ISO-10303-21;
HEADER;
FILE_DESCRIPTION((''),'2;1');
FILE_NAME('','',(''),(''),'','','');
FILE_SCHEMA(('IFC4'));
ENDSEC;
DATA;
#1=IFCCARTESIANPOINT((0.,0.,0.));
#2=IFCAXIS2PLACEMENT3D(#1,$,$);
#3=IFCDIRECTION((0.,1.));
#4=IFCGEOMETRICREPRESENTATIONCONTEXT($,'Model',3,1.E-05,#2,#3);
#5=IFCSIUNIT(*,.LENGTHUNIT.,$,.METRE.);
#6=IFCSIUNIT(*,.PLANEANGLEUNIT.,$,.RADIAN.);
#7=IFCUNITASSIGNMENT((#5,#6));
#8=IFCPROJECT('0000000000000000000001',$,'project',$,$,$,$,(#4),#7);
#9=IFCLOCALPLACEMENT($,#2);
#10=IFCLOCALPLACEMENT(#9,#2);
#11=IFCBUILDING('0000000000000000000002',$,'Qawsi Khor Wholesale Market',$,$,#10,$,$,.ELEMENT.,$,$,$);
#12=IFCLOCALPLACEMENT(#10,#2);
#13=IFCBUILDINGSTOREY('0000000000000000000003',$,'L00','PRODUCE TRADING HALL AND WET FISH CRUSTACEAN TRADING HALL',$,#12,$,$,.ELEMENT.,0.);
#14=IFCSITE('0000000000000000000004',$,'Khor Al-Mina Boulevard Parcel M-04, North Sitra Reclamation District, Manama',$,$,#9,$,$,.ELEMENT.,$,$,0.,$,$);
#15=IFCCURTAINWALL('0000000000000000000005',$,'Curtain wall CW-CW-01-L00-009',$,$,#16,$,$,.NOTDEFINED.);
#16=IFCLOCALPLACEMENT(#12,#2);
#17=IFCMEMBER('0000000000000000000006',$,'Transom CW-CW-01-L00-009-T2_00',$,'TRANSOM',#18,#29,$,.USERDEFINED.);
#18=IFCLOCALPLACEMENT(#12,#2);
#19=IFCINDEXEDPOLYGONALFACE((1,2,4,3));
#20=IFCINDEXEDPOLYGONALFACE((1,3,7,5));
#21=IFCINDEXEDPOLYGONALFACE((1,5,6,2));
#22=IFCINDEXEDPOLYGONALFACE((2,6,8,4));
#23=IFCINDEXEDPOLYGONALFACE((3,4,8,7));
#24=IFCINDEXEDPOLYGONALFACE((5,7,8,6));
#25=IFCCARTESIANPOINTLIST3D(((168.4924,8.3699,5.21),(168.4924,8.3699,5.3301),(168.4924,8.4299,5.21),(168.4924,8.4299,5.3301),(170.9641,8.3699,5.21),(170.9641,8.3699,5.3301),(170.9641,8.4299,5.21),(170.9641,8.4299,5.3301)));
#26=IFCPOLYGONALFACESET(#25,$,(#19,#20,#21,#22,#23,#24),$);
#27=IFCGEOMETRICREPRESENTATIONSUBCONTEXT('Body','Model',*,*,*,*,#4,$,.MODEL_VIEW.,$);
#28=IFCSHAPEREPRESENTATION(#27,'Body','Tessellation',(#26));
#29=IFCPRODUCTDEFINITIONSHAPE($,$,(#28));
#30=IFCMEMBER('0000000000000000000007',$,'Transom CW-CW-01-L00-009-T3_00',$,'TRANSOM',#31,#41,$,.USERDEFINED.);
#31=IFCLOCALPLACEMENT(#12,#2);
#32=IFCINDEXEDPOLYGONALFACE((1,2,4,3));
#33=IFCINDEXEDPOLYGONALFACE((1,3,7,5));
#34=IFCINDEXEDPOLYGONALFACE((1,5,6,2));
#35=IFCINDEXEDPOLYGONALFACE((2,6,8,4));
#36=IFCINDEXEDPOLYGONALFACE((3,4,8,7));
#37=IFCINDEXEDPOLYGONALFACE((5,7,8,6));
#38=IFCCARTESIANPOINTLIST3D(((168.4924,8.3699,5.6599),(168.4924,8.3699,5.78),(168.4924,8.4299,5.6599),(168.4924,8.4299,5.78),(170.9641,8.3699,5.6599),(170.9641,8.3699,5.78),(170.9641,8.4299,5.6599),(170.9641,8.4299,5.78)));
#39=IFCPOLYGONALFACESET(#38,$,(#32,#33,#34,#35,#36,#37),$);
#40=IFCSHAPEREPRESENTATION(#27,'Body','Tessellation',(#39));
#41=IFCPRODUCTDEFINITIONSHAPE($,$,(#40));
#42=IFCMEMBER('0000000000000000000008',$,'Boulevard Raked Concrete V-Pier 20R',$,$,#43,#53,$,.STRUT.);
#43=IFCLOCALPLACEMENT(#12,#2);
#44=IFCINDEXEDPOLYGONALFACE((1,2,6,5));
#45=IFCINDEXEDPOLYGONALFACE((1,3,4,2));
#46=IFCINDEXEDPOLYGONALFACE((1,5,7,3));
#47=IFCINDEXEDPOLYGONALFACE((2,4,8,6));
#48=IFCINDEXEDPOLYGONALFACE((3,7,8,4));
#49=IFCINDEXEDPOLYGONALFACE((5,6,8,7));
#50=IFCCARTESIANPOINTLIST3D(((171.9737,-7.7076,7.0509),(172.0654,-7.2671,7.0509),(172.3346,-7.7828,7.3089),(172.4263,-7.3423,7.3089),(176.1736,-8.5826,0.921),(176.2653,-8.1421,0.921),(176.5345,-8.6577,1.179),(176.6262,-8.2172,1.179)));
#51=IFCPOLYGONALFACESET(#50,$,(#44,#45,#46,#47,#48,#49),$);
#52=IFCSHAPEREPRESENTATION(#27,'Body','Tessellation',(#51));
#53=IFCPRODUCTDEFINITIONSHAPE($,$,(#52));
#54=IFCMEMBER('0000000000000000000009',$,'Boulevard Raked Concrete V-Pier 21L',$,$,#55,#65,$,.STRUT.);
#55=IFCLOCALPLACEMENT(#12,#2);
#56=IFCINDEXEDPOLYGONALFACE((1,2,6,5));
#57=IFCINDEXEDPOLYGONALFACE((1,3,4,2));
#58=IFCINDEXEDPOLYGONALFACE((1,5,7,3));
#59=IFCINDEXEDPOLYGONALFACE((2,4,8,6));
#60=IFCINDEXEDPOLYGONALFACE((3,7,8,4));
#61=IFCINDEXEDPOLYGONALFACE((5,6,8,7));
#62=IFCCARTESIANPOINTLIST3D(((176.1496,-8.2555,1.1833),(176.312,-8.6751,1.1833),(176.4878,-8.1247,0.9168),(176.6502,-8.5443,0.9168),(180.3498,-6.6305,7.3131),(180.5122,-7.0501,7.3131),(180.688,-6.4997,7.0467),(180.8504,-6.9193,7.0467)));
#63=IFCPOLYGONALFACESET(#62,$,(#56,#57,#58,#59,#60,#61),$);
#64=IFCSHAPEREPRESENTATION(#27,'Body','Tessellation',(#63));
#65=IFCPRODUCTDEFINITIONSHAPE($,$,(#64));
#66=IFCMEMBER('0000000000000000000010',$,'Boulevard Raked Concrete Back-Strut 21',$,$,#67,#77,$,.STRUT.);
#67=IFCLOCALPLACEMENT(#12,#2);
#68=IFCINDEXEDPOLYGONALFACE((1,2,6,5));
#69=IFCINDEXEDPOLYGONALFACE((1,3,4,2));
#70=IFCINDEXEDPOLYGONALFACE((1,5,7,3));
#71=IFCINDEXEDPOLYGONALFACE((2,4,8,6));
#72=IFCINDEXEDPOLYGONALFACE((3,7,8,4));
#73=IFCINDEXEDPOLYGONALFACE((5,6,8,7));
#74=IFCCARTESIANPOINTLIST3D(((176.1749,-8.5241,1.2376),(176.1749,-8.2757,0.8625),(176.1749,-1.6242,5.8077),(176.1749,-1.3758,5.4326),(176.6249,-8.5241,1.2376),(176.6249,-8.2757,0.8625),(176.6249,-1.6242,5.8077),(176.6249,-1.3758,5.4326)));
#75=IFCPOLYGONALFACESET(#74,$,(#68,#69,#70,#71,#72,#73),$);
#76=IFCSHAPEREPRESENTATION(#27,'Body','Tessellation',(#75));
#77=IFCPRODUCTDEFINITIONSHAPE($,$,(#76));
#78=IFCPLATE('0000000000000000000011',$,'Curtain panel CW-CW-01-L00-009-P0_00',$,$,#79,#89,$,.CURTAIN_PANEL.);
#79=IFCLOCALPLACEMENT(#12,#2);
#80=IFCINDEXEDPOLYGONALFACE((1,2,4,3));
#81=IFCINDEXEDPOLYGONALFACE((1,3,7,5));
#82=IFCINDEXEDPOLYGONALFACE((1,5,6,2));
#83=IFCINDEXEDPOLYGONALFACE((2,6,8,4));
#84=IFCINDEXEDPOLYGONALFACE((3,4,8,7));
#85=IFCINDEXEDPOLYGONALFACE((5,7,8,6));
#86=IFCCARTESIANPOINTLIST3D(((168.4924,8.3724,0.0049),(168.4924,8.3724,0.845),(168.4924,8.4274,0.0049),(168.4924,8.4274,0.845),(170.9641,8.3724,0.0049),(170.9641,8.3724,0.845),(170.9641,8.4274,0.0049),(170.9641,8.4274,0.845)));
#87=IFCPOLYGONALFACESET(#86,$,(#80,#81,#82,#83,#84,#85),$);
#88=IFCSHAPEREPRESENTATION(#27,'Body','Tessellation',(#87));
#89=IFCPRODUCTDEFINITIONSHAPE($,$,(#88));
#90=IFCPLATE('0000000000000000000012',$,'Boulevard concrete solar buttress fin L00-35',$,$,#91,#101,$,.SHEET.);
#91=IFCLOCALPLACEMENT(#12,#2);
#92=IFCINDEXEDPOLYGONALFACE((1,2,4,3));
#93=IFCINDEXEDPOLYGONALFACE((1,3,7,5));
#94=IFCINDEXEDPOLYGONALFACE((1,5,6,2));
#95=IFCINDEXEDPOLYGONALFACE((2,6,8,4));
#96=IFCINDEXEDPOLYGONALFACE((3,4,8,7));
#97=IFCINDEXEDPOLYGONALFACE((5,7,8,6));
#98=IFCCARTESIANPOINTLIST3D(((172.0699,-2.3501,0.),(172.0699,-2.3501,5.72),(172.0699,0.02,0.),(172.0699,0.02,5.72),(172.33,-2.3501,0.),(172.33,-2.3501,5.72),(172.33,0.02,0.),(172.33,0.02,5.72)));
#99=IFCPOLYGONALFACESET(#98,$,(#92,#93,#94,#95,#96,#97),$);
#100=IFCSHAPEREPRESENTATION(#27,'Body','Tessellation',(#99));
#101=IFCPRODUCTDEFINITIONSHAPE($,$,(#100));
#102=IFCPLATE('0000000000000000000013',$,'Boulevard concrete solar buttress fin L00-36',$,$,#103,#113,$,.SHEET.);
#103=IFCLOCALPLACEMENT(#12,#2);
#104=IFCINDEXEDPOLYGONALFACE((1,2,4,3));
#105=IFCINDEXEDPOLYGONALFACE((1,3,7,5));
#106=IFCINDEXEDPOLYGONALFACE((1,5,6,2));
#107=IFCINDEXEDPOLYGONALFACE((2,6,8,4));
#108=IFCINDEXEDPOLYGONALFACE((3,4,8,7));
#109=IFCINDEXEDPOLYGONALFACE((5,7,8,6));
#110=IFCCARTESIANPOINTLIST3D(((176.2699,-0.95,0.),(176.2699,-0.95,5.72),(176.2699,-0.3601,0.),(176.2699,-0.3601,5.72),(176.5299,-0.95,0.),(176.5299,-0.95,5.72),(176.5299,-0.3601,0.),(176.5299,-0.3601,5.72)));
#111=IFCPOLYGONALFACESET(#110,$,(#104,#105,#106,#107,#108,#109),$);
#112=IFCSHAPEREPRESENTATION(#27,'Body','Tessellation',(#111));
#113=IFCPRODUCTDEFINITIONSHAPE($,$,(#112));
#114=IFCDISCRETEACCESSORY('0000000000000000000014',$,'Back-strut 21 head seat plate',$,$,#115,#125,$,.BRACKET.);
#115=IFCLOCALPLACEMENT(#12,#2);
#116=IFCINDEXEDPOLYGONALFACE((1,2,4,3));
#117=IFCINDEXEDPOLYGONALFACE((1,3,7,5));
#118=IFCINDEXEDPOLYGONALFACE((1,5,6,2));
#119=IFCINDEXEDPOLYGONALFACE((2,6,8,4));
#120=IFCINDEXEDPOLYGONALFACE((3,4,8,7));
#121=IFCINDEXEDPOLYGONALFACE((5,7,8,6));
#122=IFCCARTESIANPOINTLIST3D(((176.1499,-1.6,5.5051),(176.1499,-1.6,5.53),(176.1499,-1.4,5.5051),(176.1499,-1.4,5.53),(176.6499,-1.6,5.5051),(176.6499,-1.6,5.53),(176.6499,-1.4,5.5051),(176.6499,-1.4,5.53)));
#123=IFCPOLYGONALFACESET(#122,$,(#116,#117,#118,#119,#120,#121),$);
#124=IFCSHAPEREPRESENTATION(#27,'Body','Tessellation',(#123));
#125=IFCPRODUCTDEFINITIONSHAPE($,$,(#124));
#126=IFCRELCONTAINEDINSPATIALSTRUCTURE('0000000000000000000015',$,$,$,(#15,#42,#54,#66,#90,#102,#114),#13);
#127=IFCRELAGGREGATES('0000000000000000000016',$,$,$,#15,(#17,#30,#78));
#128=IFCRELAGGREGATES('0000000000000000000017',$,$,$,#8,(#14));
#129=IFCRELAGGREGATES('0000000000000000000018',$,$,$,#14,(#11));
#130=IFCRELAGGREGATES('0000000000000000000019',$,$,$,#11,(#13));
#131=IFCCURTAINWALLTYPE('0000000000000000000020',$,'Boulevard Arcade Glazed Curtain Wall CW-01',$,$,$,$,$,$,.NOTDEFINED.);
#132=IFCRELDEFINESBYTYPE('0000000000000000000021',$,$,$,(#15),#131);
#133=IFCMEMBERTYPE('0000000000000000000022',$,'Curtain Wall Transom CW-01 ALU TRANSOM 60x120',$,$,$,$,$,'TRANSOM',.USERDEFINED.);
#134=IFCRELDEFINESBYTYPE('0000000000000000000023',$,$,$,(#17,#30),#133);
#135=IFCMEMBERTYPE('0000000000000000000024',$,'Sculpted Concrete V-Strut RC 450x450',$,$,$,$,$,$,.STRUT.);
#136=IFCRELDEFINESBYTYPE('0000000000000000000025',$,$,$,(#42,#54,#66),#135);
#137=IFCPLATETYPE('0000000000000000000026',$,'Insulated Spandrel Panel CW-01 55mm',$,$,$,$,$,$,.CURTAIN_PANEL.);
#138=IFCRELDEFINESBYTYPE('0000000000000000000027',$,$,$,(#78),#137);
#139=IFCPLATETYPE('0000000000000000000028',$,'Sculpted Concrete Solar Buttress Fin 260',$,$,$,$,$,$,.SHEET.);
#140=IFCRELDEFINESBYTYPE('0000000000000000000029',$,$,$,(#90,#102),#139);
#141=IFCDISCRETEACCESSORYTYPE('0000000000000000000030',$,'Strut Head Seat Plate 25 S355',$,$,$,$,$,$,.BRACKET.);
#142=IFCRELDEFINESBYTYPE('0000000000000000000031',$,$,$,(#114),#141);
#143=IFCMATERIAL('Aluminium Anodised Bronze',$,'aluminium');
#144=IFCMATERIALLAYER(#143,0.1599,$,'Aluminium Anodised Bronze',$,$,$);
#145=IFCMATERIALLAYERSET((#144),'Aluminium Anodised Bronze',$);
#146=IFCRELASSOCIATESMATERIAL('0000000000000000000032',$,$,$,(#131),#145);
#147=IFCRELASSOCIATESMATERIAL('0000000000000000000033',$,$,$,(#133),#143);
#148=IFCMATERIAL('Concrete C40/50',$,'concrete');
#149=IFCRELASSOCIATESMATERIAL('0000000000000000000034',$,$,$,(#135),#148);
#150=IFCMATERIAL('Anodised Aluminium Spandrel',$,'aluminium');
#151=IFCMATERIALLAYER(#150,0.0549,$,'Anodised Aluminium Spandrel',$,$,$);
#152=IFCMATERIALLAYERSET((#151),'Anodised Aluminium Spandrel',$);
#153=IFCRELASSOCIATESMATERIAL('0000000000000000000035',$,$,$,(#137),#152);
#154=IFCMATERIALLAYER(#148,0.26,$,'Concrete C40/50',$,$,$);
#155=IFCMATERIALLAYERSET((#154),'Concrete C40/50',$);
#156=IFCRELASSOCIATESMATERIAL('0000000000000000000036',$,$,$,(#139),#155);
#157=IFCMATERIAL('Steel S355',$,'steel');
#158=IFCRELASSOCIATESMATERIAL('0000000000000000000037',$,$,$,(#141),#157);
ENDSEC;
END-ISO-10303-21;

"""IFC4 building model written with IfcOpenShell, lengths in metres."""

from ifc_helpers import new_model, si_unit, direction, frame, frame_2d, origin, origin_2d, place, context, subcontext, project, spatial, rectangle, extrude, material, layer, layer_set, material_profile, profile_set, type_object, element, aggregate, save


model = new_model("IFC4")

# Units and contexts
model_context = context("Model", 3, precision=1e-05, world=origin(), true_north=direction((0.0, 1.0)))
body_context = subcontext(model_context, "Body", "Model", "MODEL_VIEW")
ifc_project = project(units=[si_unit("LENGTHUNIT", "METRE"), si_unit("PLANEANGLEUNIT", "RADIAN")], contexts=[model_context])

# Site, building, storey
site_placement = place(None, origin())
site = spatial("IfcSite", under=ifc_project, at=site_placement, Name="Khor Al-Mina Boulevard Parcel M-04, North Sitra Reclamation District, Manama", CompositionType="ELEMENT", RefElevation=0.0)
building_placement = place(site_placement, origin())
building = spatial("IfcBuilding", under=site, at=building_placement, Name="Qawsi Khor Wholesale Market", CompositionType="ELEMENT")
storey_placement = place(building_placement, origin())
storey = spatial("IfcBuildingStorey", under=building, at=storey_placement, Name="L00", Description="PRODUCE TRADING HALL AND WET FISH CRUSTACEAN TRADING HALL", CompositionType="ELEMENT", Elevation=0.0)

# Shared definitions
ifc_material_1 = material(Name="Concrete C40/50", Category="concrete")

# Curtain wall, members
ifc_material_2 = material(Name="Aluminium Anodised Bronze", Category="aluminium")
ifc_layer_1 = layer(ifc_material_2, 0.1599, Name="Aluminium Anodised Bronze")
ifc_layer_set_1 = layer_set([ifc_layer_1], Name="Aluminium Anodised Bronze")
curtain_wall_type = type_object("IfcCurtainWallType", Name="Boulevard Arcade Glazed Curtain Wall CW-01", PredefinedType="NOTDEFINED", material=ifc_layer_set_1)
curtain_wall_placement = place(storey_placement, origin())
curtain_wall = element("IfcCurtainWall", 1, at=curtain_wall_placement, inside=storey, type_object=curtain_wall_type, Name="Curtain wall CW-CW-01-L00-009", PredefinedType="NOTDEFINED")
ifc_material_profile_1 = material_profile(ifc_material_2, rectangle(XDim=0.0601, YDim=0.1201, at=origin_2d()), Name="ALU TRANSOM 60x120")
ifc_profile_set_1 = profile_set([ifc_material_profile_1], Name="Aluminium Anodised Bronze")
member_type_1 = type_object("IfcMemberType", Name="Curtain Wall Transom CW-01 ALU TRANSOM 60x120", ElementType="TRANSOM", PredefinedType="USERDEFINED", material=ifc_profile_set_1)
member_1_placement = place(storey_placement, frame((168.4924, 8.3999, 5.27), z_axis=(1.0, 0.0, 0.0), x_axis=(0.0, 1.0, 0.0)))
member_1 = element("IfcMember", 2, at=member_1_placement, type_object=member_type_1, Name="Transom CW-CW-01-L00-009-T2_00", ObjectType="TRANSOM", PredefinedType="USERDEFINED", context=body_context, shape_type="SweptSolid", body=[
    extrude(rectangle(XDim=0.0601, YDim=0.1201, at=origin_2d()), origin(), (0.0, 0.0, 1.0), 2.4717),
])
member_2_placement = place(storey_placement, frame((168.4924, 8.3999, 5.72), z_axis=(1.0, 0.0, 0.0), x_axis=(0.0, 1.0, 0.0)))
member_2 = element("IfcMember", 3, at=member_2_placement, type_object=member_type_1, Name="Transom CW-CW-01-L00-009-T3_00", ObjectType="TRANSOM", PredefinedType="USERDEFINED", context=body_context, shape_type="SweptSolid", body=[
    extrude(rectangle(XDim=0.0601, YDim=0.1201, at=origin_2d()), origin(), (0.0, 0.0, 1.0), 2.4717),
])

# Members
ifc_material_profile_2 = material_profile(ifc_material_1, rectangle(XDim=0.45, YDim=0.45, at=origin_2d()), Name="RC 450x450")
ifc_profile_set_2 = profile_set([ifc_material_profile_2], Name="Concrete C40/50")
member_type_2 = type_object("IfcMemberType", Name="Sculpted Concrete V-Strut RC 450x450", PredefinedType="STRUT", material=ifc_profile_set_2)
member_3_placement = place(storey_placement, frame((176.3999, -8.3999, 1.05), z_axis=(-0.561339, 0.116947, 0.819281), x_axis=(-0.203957, -0.97898, 0.0)))
element("IfcMember", 4, at=member_3_placement, inside=storey, type_object=member_type_2, Name="Boulevard Raked Concrete V-Pier 20R", PredefinedType="STRUT", context=body_context, shape_type="SweptSolid", body=[
    extrude(rectangle(XDim=0.45, YDim=0.45, at=origin_2d()), origin(), (0.0, 0.0, 1.0), 7.4819),
])
member_4_placement = place(storey_placement, frame((176.3999, -8.3999, 1.05), z_axis=(0.55219, 0.213635, 0.805882), x_axis=(-0.360824, 0.932634, 0.0)))
element("IfcMember", 5, at=member_4_placement, inside=storey, type_object=member_type_2, Name="Boulevard Raked Concrete V-Pier 21L", PredefinedType="STRUT", context=body_context, shape_type="SweptSolid", body=[
    extrude(rectangle(XDim=0.45, YDim=0.45, at=origin_2d()), origin(), (0.0, 0.0, 1.0), 7.6064),
])
member_5_placement = place(storey_placement, frame((176.3999, -8.3999, 1.05), z_axis=(0.0, 0.833712, 0.552199), x_axis=(-1.0, 0.0, 0.0)))
element("IfcMember", 6, at=member_5_placement, inside=storey, type_object=member_type_2, Name="Boulevard Raked Concrete Back-Strut 21", PredefinedType="STRUT", context=body_context, shape_type="SweptSolid", body=[
    extrude(rectangle(XDim=0.45, YDim=0.45, at=origin_2d()), origin(), (0.0, 0.0, 1.0), 8.2761),
])

# Plate
ifc_material_3 = material(Name="Anodised Aluminium Spandrel", Category="aluminium")
ifc_layer_2 = layer(ifc_material_3, 0.0549, Name="Anodised Aluminium Spandrel")
ifc_layer_set_2 = layer_set([ifc_layer_2], Name="Anodised Aluminium Spandrel")
plate_type_1 = type_object("IfcPlateType", Name="Insulated Spandrel Panel CW-01 55mm", PredefinedType="CURTAIN_PANEL", material=ifc_layer_set_2)
plate_1_placement = place(storey_placement, frame((168.4924, 8.3999, 0.0049), z_axis=(0.0, 0.0, 1.0), x_axis=(1.0, 0.0, 0.0)))
plate_1 = element("IfcPlate", 7, at=plate_1_placement, type_object=plate_type_1, Name="Curtain panel CW-CW-01-L00-009-P0_00", PredefinedType="CURTAIN_PANEL", context=body_context, shape_type="SweptSolid", body=[
    extrude(rectangle(XDim=2.4717, YDim=0.0549, at=frame_2d((1.2358, 0.0))), origin(), (0.0, 0.0, 1.0), 0.8401),
])
aggregate(curtain_wall, [member_1, member_2, plate_1])

# Plates
ifc_layer_3 = layer(ifc_material_1, 0.26, Name="Concrete C40/50")
ifc_layer_set_3 = layer_set([ifc_layer_3], Name="Concrete C40/50")
plate_type_2 = type_object("IfcPlateType", Name="Sculpted Concrete Solar Buttress Fin 260", PredefinedType="SHEET", material=ifc_layer_set_3)
plate_2_placement = place(storey_placement, frame((172.2, -2.3501, 0.0), z_axis=(0.0, 0.0, 1.0), x_axis=(0.0, 1.0, 0.0)))
element("IfcPlate", 8, at=plate_2_placement, inside=storey, type_object=plate_type_2, Name="Boulevard concrete solar buttress fin L00-35", PredefinedType="SHEET", context=body_context, shape_type="SweptSolid", body=[
    extrude(rectangle(XDim=2.3701, YDim=0.26, at=frame_2d((1.1851, 0.0))), origin(), (0.0, 0.0, 1.0), 5.72),
])
plate_3_placement = place(storey_placement, frame((176.3999, -0.95, 0.0), z_axis=(0.0, 0.0, 1.0), x_axis=(0.0, 1.0, 0.0)))
element("IfcPlate", 9, at=plate_3_placement, inside=storey, type_object=plate_type_2, Name="Boulevard concrete solar buttress fin L00-36", PredefinedType="SHEET", context=body_context, shape_type="SweptSolid", body=[
    extrude(rectangle(XDim=0.5898, YDim=0.26, at=frame_2d((0.2949, 0.0))), origin(), (0.0, 0.0, 1.0), 5.72),
])

# Discrete accessory
ifc_material_4 = material(Name="Steel S355", Category="steel")
discrete_accessory_type = type_object("IfcDiscreteAccessoryType", Name="Strut Head Seat Plate 25 S355", PredefinedType="BRACKET", material=ifc_material_4)
discrete_accessory_placement = place(storey_placement, frame((176.3999, -1.5, 5.5051), z_axis=(0.0, 0.0, 1.0), x_axis=(1.0, 0.0, 0.0)))
element("IfcDiscreteAccessory", 10, at=discrete_accessory_placement, inside=storey, type_object=discrete_accessory_type, Name="Back-strut 21 head seat plate", PredefinedType="BRACKET", context=body_context, shape_type="SweptSolid", body=[
    extrude(rectangle(XDim=0.5, YDim=0.2, at=origin_2d()), origin(), (0.0, 0.0, 1.0), 0.0249),
])

save(model, "model.ifc")
